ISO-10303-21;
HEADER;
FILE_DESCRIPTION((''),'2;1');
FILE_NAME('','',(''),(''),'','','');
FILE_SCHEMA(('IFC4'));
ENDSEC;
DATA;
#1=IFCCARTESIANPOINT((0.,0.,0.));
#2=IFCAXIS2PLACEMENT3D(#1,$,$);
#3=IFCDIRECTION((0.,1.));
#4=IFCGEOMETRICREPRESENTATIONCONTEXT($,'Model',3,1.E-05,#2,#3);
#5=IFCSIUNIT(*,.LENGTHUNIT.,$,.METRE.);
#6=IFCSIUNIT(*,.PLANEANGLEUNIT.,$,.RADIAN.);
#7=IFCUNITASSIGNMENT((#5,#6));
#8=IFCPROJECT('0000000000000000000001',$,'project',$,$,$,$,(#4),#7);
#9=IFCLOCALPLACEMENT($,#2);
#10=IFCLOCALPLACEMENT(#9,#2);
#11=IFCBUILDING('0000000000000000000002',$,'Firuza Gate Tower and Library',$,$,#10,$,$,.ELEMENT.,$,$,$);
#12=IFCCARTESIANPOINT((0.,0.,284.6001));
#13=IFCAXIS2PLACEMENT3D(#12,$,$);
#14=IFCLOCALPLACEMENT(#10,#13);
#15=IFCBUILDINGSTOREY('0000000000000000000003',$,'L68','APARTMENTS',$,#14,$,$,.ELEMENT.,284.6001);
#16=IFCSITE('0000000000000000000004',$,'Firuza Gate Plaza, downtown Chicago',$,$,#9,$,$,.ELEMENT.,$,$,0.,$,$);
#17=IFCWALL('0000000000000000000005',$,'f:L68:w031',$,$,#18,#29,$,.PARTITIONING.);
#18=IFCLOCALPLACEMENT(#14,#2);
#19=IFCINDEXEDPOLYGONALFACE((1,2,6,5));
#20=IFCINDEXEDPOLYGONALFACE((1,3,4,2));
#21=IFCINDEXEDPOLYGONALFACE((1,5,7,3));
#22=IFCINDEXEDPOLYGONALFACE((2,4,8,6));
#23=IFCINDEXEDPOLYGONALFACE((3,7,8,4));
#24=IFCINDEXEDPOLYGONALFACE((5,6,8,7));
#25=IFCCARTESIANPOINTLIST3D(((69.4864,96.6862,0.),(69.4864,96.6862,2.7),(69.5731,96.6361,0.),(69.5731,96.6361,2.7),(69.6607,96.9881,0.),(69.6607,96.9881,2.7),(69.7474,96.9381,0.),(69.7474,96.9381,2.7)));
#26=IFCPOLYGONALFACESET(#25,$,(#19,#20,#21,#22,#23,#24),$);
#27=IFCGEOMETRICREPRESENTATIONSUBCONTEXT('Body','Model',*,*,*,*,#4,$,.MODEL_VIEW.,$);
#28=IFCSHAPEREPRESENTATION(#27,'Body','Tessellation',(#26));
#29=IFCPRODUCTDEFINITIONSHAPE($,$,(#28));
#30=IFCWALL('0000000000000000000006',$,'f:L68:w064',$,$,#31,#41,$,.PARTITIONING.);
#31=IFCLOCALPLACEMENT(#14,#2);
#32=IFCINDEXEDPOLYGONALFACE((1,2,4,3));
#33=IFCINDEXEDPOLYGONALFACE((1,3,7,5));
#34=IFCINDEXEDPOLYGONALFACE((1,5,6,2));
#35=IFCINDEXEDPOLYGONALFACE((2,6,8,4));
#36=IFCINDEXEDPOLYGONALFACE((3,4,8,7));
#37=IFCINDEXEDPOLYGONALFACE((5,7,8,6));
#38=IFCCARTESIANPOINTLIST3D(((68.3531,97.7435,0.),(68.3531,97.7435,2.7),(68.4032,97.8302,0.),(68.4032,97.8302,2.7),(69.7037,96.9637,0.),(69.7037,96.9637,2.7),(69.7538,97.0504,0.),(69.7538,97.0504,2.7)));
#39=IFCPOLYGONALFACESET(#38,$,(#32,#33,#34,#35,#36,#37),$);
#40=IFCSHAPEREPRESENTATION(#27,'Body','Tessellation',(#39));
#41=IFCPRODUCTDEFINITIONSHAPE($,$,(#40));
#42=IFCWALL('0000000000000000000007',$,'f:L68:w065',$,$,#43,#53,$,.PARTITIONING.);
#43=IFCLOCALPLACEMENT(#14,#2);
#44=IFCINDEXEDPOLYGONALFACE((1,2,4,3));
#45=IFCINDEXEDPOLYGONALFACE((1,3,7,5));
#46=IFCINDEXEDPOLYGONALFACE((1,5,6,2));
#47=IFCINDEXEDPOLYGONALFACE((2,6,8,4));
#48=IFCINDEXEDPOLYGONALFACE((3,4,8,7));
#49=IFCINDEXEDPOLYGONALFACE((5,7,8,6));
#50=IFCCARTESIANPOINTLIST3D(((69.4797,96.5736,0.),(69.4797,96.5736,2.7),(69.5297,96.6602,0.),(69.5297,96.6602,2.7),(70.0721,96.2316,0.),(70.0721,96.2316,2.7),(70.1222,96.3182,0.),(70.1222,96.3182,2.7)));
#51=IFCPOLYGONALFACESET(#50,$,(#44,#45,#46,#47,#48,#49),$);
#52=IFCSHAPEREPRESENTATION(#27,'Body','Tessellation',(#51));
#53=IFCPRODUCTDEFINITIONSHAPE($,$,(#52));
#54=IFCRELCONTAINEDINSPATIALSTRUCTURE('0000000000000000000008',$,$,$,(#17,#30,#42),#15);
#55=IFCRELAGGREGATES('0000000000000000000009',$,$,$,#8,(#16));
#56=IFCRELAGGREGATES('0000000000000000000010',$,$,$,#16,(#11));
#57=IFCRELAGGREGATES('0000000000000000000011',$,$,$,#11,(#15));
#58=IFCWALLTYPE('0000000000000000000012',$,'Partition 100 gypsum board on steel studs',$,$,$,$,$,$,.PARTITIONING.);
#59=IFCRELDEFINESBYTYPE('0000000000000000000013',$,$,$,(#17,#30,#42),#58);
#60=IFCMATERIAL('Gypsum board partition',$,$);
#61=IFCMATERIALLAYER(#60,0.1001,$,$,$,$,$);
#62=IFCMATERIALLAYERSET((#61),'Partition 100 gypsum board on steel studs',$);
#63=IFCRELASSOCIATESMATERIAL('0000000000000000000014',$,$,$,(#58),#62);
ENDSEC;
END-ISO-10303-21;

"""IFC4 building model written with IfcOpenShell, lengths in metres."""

from ifc_helpers import new_model, si_unit, direction, frame, frame_2d, origin, place, context, subcontext, project, spatial, rectangle, extrude, material, layer, layer_set, type_object, element, save


model = new_model("IFC4")

# Units and contexts
model_context = context("Model", 3, precision=1e-05, world=origin(), true_north=direction((0.0, 1.0)))
body_context = subcontext(model_context, "Body", "Model", "MODEL_VIEW")
ifc_project = project(units=[si_unit("LENGTHUNIT", "METRE"), si_unit("PLANEANGLEUNIT", "RADIAN")], contexts=[model_context])

# Site, building, storey
site_placement = place(None, origin())
site = spatial("IfcSite", under=ifc_project, at=site_placement, Name="Firuza Gate Plaza, downtown Chicago", CompositionType="ELEMENT", RefElevation=0.0)
building_placement = place(site_placement, origin())
building = spatial("IfcBuilding", under=site, at=building_placement, Name="Firuza Gate Tower and Library", CompositionType="ELEMENT")
storey_placement = place(building_placement, frame((0.0, 0.0, 284.6001)))
storey = spatial("IfcBuildingStorey", under=building, at=storey_placement, Name="L68", Description="APARTMENTS", CompositionType="ELEMENT", Elevation=284.6001)

# Walls
ifc_material_1 = material(Name="Gypsum board partition")
ifc_layer_1 = layer(ifc_material_1, 0.1001)
ifc_layer_set_1 = layer_set([ifc_layer_1], Name="Partition 100 gypsum board on steel studs")
wall_type_1 = type_object("IfcWallType", Name="Partition 100 gypsum board on steel studs", PredefinedType="PARTITIONING", material=ifc_layer_set_1)
wall_1_placement = place(storey_placement, frame((69.5298, 96.6611, 0.0), z_axis=(0.0, 0.0, 1.0), x_axis=(0.499904, 0.866081, 0.0)))
element("IfcWall", 1, at=wall_1_placement, inside=storey, type_object=wall_type_1, Name="f:L68:w031", PredefinedType="PARTITIONING", context=body_context, shape_type="SweptSolid", body=[
    extrude(rectangle(XDim=0.3486, YDim=0.1001, at=frame_2d((0.1743, 0.0))), origin(), (0.0, 0.0, 1.0), 2.7),
])
wall_2_placement = place(storey_placement, frame((69.7288, 97.0071, 0.0), z_axis=(0.0, 0.0, 1.0), x_axis=(-0.866019, 0.500012, 0.0)))
element("IfcWall", 2, at=wall_2_placement, inside=storey, type_object=wall_type_1, Name="f:L68:w064", PredefinedType="PARTITIONING", context=body_context, shape_type="SweptSolid", body=[
    extrude(rectangle(XDim=1.5596, YDim=0.1001, at=frame_2d((0.7798, 0.0))), origin(), (0.0, 0.0, 1.0), 2.7),
])
wall_3_placement = place(storey_placement, frame((70.0972, 96.2749, 0.0), z_axis=(0.0, 0.0, 1.0), x_axis=(-0.866061, 0.499939, 0.0)))
element("IfcWall", 3, at=wall_3_placement, inside=storey, type_object=wall_type_1, Name="f:L68:w065", PredefinedType="PARTITIONING", context=body_context, shape_type="SweptSolid", body=[
    extrude(rectangle(XDim=0.6841, YDim=0.1001, at=frame_2d((0.342, 0.0))), origin(), (0.0, 0.0, 1.0), 2.7),
])

save(model, "model.ifc")
